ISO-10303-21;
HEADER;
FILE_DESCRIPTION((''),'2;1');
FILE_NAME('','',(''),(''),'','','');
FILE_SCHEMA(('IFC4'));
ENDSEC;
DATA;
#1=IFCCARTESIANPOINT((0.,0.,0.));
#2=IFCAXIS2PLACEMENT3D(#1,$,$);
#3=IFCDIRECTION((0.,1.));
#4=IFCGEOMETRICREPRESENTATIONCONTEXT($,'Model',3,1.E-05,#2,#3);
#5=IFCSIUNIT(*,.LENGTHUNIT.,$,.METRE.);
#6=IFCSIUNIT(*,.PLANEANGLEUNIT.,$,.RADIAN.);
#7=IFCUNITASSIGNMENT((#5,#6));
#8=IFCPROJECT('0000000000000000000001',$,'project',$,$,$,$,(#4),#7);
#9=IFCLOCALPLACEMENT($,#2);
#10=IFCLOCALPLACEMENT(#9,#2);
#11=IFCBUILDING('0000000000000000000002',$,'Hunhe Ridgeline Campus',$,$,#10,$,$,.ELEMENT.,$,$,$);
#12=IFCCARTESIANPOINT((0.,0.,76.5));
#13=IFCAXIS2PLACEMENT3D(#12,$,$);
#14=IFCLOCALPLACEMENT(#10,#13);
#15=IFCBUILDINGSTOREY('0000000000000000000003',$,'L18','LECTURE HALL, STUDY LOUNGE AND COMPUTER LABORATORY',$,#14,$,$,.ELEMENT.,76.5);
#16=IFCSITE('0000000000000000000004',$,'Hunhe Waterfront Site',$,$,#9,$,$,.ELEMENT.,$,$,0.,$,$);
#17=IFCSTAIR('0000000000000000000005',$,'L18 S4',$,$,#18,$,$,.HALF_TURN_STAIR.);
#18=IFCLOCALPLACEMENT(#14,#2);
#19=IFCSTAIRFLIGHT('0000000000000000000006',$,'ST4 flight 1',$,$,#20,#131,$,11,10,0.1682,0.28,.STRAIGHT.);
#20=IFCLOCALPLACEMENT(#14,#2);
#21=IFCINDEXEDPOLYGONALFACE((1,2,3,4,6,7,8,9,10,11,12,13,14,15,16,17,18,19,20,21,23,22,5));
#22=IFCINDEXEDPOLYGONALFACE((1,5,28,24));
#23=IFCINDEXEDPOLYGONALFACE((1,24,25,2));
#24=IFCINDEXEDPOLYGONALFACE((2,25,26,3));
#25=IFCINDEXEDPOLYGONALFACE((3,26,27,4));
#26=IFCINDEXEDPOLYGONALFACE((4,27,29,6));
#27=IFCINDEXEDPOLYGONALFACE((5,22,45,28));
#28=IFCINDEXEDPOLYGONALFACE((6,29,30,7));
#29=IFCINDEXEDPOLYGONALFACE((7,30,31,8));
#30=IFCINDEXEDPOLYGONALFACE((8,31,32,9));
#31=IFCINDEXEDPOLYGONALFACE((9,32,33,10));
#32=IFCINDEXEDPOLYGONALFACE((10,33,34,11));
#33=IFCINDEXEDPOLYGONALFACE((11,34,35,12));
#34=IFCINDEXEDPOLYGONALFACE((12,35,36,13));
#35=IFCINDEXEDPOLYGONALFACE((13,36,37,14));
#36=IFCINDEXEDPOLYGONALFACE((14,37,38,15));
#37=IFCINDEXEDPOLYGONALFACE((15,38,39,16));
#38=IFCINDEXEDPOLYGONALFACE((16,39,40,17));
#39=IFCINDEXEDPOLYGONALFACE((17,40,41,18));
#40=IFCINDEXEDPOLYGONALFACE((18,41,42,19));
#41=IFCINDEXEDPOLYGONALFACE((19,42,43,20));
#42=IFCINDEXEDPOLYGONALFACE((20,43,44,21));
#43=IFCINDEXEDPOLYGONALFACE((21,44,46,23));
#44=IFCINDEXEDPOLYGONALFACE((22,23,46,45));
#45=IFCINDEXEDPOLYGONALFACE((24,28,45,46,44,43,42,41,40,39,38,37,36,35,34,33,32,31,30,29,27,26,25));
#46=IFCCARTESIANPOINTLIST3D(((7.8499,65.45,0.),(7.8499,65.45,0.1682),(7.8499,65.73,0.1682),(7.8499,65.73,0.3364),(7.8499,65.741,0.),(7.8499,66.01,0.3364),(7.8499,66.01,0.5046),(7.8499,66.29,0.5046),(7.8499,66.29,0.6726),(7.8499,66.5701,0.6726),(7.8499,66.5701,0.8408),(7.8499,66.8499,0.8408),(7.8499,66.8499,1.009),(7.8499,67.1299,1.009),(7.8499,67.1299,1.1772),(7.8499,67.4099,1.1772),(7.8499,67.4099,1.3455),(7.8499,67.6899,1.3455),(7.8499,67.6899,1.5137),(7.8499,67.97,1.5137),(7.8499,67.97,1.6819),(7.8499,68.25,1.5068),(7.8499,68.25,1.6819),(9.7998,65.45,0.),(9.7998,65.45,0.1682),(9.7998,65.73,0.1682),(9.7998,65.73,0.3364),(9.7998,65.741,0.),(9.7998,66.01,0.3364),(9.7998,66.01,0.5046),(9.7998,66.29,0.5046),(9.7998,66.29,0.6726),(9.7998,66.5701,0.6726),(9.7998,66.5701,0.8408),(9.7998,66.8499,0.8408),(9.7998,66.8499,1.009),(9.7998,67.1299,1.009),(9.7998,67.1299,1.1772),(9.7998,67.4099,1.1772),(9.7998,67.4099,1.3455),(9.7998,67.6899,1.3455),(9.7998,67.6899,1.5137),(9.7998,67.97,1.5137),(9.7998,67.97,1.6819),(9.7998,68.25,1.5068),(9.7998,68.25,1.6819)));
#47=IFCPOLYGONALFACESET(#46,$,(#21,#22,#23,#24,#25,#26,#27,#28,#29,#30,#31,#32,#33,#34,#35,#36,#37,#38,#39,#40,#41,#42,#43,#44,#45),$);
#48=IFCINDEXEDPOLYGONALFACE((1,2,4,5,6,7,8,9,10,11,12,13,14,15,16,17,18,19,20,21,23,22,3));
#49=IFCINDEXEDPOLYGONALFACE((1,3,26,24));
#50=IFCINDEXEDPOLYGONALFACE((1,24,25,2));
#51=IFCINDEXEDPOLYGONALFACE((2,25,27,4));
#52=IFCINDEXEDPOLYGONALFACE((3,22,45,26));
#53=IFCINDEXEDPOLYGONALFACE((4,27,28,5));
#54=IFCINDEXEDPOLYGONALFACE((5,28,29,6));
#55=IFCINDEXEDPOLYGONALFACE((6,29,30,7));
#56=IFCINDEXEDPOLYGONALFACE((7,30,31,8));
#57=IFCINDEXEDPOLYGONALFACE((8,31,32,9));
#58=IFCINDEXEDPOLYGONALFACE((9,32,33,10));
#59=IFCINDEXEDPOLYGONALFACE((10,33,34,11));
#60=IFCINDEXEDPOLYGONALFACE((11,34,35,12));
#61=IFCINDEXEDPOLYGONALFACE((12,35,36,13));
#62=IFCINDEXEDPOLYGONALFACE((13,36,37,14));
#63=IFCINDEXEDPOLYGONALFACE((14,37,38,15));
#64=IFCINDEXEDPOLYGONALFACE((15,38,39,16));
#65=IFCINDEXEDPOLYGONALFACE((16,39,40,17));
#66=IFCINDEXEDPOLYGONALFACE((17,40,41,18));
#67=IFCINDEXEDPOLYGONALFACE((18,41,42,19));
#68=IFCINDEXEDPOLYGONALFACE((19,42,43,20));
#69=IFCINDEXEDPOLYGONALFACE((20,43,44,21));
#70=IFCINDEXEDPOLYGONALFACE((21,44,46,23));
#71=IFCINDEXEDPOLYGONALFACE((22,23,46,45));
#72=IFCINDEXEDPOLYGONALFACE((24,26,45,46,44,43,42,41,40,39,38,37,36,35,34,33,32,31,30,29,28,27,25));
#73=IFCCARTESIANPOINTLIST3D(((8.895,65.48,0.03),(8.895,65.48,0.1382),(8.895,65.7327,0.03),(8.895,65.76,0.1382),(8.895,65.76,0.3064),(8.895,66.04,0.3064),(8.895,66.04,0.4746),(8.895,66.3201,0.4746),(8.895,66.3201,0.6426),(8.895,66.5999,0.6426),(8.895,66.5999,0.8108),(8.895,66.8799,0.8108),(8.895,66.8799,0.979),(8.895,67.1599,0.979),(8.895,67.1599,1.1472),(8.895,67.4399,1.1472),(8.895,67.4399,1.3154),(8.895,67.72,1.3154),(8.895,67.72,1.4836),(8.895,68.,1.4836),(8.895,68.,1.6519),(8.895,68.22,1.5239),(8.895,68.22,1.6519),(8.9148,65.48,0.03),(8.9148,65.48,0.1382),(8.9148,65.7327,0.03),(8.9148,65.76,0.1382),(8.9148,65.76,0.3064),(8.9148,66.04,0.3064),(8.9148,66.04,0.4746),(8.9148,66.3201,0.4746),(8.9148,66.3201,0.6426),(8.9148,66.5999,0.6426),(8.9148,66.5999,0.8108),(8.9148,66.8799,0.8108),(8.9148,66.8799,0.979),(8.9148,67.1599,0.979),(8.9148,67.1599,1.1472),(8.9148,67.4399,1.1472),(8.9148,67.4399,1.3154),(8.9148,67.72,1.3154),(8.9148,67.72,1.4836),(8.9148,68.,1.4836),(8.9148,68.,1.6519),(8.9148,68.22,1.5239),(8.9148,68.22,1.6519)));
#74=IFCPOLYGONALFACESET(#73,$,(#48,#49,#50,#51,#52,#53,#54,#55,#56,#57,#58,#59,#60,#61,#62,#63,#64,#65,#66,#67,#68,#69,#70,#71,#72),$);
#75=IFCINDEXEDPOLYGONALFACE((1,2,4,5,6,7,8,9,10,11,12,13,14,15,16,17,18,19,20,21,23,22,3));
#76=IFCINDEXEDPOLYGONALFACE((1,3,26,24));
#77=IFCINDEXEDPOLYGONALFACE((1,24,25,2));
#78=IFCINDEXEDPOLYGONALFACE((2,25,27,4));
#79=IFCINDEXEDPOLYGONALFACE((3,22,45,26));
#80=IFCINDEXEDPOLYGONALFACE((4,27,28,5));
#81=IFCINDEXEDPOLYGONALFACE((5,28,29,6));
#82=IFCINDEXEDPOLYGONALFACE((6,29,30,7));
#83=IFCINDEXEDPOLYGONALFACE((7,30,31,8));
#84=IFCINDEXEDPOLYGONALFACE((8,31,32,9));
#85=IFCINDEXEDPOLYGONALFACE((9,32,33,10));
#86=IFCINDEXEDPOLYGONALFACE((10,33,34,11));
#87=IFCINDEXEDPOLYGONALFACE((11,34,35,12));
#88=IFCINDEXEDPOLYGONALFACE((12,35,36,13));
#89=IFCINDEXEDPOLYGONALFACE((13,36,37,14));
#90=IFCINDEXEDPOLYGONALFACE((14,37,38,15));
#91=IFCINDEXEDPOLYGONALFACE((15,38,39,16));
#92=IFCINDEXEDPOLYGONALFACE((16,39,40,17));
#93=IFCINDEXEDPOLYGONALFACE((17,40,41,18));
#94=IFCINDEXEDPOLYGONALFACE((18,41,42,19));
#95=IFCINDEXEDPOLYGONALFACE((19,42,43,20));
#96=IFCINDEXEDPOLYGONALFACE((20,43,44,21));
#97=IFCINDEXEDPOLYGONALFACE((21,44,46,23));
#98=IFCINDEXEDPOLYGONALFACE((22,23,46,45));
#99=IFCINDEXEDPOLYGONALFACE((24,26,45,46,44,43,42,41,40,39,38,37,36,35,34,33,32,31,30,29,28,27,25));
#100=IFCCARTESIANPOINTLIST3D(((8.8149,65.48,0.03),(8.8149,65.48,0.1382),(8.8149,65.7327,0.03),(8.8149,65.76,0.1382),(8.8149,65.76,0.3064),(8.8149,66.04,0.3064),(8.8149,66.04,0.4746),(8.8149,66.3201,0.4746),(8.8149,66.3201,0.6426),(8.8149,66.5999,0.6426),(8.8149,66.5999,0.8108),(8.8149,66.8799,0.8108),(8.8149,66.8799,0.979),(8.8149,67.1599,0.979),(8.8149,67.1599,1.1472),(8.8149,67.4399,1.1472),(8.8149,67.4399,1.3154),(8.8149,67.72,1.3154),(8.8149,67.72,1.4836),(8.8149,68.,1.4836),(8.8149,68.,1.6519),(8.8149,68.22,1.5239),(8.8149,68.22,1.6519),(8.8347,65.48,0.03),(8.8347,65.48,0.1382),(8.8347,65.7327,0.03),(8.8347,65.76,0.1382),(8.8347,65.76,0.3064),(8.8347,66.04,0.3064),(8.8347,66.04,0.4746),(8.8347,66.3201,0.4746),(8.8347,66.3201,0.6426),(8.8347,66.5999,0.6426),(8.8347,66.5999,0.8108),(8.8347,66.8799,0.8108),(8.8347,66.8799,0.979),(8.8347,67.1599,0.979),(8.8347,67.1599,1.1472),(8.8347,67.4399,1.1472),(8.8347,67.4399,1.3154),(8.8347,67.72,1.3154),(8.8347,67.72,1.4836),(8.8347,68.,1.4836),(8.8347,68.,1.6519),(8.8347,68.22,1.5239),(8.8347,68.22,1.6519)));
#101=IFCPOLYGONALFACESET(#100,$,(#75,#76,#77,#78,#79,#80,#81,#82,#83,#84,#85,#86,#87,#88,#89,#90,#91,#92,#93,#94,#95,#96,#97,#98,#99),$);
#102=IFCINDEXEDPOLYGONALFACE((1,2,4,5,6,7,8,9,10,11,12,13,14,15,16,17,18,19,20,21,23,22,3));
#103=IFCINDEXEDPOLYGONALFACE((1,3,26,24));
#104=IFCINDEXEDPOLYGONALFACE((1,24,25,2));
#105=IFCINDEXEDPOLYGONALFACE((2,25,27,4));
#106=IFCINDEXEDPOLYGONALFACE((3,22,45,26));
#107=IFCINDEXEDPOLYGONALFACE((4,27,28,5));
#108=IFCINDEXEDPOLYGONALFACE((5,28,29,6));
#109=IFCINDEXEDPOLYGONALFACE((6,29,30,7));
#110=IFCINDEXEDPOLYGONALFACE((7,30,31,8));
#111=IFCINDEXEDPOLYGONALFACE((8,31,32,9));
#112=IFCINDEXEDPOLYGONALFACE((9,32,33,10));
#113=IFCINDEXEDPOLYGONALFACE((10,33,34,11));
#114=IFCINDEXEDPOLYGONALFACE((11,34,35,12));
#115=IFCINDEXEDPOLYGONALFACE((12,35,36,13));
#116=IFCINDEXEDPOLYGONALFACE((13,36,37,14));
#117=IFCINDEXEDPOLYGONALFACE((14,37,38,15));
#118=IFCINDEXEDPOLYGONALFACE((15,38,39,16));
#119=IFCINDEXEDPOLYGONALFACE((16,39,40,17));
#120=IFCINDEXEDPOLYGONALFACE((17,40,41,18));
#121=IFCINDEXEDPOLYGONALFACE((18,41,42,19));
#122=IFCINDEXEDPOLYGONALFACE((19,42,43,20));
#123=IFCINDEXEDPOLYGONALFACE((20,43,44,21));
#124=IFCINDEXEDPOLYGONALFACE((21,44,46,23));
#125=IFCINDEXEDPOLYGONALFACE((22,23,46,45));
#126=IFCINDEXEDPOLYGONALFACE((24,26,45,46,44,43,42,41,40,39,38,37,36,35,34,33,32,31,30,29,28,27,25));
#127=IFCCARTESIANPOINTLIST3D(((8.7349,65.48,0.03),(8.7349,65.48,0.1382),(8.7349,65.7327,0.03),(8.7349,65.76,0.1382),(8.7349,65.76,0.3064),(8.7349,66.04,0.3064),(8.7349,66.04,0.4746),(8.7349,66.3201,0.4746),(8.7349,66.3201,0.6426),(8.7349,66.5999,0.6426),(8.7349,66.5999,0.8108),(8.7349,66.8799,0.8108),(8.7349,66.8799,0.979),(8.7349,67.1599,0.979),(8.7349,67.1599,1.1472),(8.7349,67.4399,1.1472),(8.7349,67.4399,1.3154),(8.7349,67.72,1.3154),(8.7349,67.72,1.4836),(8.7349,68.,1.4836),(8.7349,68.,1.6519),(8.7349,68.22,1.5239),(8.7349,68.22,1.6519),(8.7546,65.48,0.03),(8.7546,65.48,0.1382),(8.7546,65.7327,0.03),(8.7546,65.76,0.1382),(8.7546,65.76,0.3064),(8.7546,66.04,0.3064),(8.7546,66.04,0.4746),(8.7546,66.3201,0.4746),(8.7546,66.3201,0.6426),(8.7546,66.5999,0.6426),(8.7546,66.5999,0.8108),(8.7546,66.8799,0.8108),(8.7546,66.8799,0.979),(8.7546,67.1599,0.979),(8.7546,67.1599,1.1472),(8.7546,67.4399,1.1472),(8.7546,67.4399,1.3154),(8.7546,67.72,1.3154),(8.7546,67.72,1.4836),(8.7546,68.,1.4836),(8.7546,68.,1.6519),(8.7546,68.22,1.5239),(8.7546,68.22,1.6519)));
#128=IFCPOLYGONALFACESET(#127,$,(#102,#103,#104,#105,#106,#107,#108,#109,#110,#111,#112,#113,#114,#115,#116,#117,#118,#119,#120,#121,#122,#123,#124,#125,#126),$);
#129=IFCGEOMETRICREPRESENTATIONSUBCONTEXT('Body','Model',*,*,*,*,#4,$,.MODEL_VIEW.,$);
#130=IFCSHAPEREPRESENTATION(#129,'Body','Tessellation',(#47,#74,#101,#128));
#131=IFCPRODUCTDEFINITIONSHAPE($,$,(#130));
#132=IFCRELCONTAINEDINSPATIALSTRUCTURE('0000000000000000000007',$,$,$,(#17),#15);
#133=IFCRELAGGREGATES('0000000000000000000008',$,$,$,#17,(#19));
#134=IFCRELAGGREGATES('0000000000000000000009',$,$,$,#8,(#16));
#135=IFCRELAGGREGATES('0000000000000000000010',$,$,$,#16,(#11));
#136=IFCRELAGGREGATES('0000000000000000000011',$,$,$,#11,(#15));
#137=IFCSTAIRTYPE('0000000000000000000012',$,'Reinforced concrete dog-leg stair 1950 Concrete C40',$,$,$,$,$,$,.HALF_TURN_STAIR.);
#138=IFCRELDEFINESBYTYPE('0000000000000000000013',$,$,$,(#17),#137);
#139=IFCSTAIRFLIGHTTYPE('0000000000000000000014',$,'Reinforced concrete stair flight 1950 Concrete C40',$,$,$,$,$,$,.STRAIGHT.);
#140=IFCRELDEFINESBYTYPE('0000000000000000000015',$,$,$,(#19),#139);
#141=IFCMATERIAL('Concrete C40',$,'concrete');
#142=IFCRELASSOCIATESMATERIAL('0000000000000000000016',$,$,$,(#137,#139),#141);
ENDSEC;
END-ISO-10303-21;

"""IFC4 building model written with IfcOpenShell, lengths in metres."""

from ifc_helpers import new_model, si_unit, direction, frame, origin, place, context, subcontext, project, spatial, polyline, outline, extrude, material, type_object, element, aggregate, save


model = new_model("IFC4")

# Units and contexts
model_context = context("Model", 3, precision=1e-05, world=origin(), true_north=direction((0.0, 1.0)))
body_context = subcontext(model_context, "Body", "Model", "MODEL_VIEW")
ifc_project = project(units=[si_unit("LENGTHUNIT", "METRE"), si_unit("PLANEANGLEUNIT", "RADIAN")], contexts=[model_context])

# Site, building, storey
site_placement = place(None, origin())
site = spatial("IfcSite", under=ifc_project, at=site_placement, Name="Hunhe Waterfront Site", CompositionType="ELEMENT", RefElevation=0.0)
building_placement = place(site_placement, origin())
building = spatial("IfcBuilding", under=site, at=building_placement, Name="Hunhe Ridgeline Campus", CompositionType="ELEMENT")
storey_placement = place(building_placement, frame((0.0, 0.0, 76.5)))
storey = spatial("IfcBuildingStorey", under=building, at=storey_placement, Name="L18", Description="LECTURE HALL, STUDY LOUNGE AND COMPUTER LABORATORY", CompositionType="ELEMENT", Elevation=76.5)

# Shared definitions
ifc_material_1 = material(Name="Concrete C40", Category="concrete")
stair_type = type_object("IfcStairType", Name="Reinforced concrete dog-leg stair 1950 Concrete C40", PredefinedType="HALF_TURN_STAIR", material=ifc_material_1)
stair_flight_type = type_object("IfcStairFlightType", Name="Reinforced concrete stair flight 1950 Concrete C40", PredefinedType="STRAIGHT", material=ifc_material_1)

# Stair, stair flight
stair_1_placement = place(storey_placement, origin())
stair_1 = element("IfcStair", 1, at=stair_1_placement, inside=storey, type_object=stair_type, Name="L18 S4", PredefinedType="HALF_TURN_STAIR")
stair_flight_1_placement = place(storey_placement, frame((8.825, 65.45, 0.0), z_axis=(0.0, 0.0, 1.0), x_axis=(0.0, 1.0, 0.0)))
stair_flight_1 = element("IfcStairFlight", 2, at=stair_flight_1_placement, type_object=stair_flight_type, Name="ST4 flight 1", NumberOfRisers=11, NumberOfTreads=10, PredefinedType="STRAIGHT", RiserHeight=0.1682, TreadLength=0.28, context=body_context, shape_type="SweptSolid", body=[
    extrude(outline(polyline([(0.0, 0.0), (0.0, 0.1682), (0.28, 0.1682), (0.28, 0.3364), (0.5601, 0.3364), (0.5601, 0.5046), (0.8401, 0.5046), (0.8401, 0.6726), (1.1201, 0.6726), (1.1201, 0.8408), (1.3999, 0.8408), (1.3999, 1.009), (1.6799, 1.009), (1.6799, 1.1772), (1.96, 1.1772), (1.96, 1.3455), (2.24, 1.3455), (2.24, 1.5137), (2.52, 1.5137), (2.52, 1.6819), (2.8, 1.6819), (2.8, 1.8501), (2.8, 1.5068), (0.291, 0.0), (0.0, 0.0)])), frame((0.0, 0.9751, 0.0), z_axis=(0.0, -1.0, 0.0), x_axis=(1.0, 0.0, 0.0)), (0.0, 0.0, 1.0), 1.95),
    extrude(outline(polyline([(0.03, 0.03), (0.03, 0.1382), (0.3101, 0.1382), (0.3101, 0.3064), (0.5901, 0.3064), (0.5901, 0.4746), (0.8701, 0.4746), (0.8701, 0.6426), (1.1499, 0.6426), (1.1499, 0.8108), (1.4299, 0.8108), (1.4299, 0.979), (1.71, 0.979), (1.71, 1.1472), (1.99, 1.1472), (1.99, 1.3154), (2.27, 1.3154), (2.27, 1.4836), (2.55, 1.4836), (2.55, 1.6519), (2.77, 1.6519), (2.77, 1.5239), (0.2827, 0.03), (0.03, 0.03)])), frame((0.0, -0.0701, 0.0), z_axis=(0.0, -1.0, 0.0), x_axis=(1.0, 0.0, 0.0)), (0.0, 0.0, 1.0), 0.0198),
    extrude(outline(polyline([(0.03, 0.03), (0.03, 0.1382), (0.3101, 0.1382), (0.3101, 0.3064), (0.5901, 0.3064), (0.5901, 0.4746), (0.8701, 0.4746), (0.8701, 0.6426), (1.1499, 0.6426), (1.1499, 0.8108), (1.4299, 0.8108), (1.4299, 0.979), (1.71, 0.979), (1.71, 1.1472), (1.99, 1.1472), (1.99, 1.3154), (2.27, 1.3154), (2.27, 1.4836), (2.55, 1.4836), (2.55, 1.6519), (2.77, 1.6519), (2.77, 1.5239), (0.2827, 0.03), (0.03, 0.03)])), frame((0.0, 0.01, 0.0), z_axis=(0.0, -1.0, 0.0), x_axis=(1.0, 0.0, 0.0)), (0.0, 0.0, 1.0), 0.0198),
    extrude(outline(polyline([(0.03, 0.03), (0.03, 0.1382), (0.3101, 0.1382), (0.3101, 0.3064), (0.5901, 0.3064), (0.5901, 0.4746), (0.8701, 0.4746), (0.8701, 0.6426), (1.1499, 0.6426), (1.1499, 0.8108), (1.4299, 0.8108), (1.4299, 0.979), (1.71, 0.979), (1.71, 1.1472), (1.99, 1.1472), (1.99, 1.3154), (2.27, 1.3154), (2.27, 1.4836), (2.55, 1.4836), (2.55, 1.6519), (2.77, 1.6519), (2.77, 1.5239), (0.2827, 0.03), (0.03, 0.03)])), frame((0.0, 0.0901, 0.0), z_axis=(0.0, -1.0, 0.0), x_axis=(1.0, 0.0, 0.0)), (0.0, 0.0, 1.0), 0.0198),
])
aggregate(stair_1, [stair_flight_1])

save(model, "model.ifc")
